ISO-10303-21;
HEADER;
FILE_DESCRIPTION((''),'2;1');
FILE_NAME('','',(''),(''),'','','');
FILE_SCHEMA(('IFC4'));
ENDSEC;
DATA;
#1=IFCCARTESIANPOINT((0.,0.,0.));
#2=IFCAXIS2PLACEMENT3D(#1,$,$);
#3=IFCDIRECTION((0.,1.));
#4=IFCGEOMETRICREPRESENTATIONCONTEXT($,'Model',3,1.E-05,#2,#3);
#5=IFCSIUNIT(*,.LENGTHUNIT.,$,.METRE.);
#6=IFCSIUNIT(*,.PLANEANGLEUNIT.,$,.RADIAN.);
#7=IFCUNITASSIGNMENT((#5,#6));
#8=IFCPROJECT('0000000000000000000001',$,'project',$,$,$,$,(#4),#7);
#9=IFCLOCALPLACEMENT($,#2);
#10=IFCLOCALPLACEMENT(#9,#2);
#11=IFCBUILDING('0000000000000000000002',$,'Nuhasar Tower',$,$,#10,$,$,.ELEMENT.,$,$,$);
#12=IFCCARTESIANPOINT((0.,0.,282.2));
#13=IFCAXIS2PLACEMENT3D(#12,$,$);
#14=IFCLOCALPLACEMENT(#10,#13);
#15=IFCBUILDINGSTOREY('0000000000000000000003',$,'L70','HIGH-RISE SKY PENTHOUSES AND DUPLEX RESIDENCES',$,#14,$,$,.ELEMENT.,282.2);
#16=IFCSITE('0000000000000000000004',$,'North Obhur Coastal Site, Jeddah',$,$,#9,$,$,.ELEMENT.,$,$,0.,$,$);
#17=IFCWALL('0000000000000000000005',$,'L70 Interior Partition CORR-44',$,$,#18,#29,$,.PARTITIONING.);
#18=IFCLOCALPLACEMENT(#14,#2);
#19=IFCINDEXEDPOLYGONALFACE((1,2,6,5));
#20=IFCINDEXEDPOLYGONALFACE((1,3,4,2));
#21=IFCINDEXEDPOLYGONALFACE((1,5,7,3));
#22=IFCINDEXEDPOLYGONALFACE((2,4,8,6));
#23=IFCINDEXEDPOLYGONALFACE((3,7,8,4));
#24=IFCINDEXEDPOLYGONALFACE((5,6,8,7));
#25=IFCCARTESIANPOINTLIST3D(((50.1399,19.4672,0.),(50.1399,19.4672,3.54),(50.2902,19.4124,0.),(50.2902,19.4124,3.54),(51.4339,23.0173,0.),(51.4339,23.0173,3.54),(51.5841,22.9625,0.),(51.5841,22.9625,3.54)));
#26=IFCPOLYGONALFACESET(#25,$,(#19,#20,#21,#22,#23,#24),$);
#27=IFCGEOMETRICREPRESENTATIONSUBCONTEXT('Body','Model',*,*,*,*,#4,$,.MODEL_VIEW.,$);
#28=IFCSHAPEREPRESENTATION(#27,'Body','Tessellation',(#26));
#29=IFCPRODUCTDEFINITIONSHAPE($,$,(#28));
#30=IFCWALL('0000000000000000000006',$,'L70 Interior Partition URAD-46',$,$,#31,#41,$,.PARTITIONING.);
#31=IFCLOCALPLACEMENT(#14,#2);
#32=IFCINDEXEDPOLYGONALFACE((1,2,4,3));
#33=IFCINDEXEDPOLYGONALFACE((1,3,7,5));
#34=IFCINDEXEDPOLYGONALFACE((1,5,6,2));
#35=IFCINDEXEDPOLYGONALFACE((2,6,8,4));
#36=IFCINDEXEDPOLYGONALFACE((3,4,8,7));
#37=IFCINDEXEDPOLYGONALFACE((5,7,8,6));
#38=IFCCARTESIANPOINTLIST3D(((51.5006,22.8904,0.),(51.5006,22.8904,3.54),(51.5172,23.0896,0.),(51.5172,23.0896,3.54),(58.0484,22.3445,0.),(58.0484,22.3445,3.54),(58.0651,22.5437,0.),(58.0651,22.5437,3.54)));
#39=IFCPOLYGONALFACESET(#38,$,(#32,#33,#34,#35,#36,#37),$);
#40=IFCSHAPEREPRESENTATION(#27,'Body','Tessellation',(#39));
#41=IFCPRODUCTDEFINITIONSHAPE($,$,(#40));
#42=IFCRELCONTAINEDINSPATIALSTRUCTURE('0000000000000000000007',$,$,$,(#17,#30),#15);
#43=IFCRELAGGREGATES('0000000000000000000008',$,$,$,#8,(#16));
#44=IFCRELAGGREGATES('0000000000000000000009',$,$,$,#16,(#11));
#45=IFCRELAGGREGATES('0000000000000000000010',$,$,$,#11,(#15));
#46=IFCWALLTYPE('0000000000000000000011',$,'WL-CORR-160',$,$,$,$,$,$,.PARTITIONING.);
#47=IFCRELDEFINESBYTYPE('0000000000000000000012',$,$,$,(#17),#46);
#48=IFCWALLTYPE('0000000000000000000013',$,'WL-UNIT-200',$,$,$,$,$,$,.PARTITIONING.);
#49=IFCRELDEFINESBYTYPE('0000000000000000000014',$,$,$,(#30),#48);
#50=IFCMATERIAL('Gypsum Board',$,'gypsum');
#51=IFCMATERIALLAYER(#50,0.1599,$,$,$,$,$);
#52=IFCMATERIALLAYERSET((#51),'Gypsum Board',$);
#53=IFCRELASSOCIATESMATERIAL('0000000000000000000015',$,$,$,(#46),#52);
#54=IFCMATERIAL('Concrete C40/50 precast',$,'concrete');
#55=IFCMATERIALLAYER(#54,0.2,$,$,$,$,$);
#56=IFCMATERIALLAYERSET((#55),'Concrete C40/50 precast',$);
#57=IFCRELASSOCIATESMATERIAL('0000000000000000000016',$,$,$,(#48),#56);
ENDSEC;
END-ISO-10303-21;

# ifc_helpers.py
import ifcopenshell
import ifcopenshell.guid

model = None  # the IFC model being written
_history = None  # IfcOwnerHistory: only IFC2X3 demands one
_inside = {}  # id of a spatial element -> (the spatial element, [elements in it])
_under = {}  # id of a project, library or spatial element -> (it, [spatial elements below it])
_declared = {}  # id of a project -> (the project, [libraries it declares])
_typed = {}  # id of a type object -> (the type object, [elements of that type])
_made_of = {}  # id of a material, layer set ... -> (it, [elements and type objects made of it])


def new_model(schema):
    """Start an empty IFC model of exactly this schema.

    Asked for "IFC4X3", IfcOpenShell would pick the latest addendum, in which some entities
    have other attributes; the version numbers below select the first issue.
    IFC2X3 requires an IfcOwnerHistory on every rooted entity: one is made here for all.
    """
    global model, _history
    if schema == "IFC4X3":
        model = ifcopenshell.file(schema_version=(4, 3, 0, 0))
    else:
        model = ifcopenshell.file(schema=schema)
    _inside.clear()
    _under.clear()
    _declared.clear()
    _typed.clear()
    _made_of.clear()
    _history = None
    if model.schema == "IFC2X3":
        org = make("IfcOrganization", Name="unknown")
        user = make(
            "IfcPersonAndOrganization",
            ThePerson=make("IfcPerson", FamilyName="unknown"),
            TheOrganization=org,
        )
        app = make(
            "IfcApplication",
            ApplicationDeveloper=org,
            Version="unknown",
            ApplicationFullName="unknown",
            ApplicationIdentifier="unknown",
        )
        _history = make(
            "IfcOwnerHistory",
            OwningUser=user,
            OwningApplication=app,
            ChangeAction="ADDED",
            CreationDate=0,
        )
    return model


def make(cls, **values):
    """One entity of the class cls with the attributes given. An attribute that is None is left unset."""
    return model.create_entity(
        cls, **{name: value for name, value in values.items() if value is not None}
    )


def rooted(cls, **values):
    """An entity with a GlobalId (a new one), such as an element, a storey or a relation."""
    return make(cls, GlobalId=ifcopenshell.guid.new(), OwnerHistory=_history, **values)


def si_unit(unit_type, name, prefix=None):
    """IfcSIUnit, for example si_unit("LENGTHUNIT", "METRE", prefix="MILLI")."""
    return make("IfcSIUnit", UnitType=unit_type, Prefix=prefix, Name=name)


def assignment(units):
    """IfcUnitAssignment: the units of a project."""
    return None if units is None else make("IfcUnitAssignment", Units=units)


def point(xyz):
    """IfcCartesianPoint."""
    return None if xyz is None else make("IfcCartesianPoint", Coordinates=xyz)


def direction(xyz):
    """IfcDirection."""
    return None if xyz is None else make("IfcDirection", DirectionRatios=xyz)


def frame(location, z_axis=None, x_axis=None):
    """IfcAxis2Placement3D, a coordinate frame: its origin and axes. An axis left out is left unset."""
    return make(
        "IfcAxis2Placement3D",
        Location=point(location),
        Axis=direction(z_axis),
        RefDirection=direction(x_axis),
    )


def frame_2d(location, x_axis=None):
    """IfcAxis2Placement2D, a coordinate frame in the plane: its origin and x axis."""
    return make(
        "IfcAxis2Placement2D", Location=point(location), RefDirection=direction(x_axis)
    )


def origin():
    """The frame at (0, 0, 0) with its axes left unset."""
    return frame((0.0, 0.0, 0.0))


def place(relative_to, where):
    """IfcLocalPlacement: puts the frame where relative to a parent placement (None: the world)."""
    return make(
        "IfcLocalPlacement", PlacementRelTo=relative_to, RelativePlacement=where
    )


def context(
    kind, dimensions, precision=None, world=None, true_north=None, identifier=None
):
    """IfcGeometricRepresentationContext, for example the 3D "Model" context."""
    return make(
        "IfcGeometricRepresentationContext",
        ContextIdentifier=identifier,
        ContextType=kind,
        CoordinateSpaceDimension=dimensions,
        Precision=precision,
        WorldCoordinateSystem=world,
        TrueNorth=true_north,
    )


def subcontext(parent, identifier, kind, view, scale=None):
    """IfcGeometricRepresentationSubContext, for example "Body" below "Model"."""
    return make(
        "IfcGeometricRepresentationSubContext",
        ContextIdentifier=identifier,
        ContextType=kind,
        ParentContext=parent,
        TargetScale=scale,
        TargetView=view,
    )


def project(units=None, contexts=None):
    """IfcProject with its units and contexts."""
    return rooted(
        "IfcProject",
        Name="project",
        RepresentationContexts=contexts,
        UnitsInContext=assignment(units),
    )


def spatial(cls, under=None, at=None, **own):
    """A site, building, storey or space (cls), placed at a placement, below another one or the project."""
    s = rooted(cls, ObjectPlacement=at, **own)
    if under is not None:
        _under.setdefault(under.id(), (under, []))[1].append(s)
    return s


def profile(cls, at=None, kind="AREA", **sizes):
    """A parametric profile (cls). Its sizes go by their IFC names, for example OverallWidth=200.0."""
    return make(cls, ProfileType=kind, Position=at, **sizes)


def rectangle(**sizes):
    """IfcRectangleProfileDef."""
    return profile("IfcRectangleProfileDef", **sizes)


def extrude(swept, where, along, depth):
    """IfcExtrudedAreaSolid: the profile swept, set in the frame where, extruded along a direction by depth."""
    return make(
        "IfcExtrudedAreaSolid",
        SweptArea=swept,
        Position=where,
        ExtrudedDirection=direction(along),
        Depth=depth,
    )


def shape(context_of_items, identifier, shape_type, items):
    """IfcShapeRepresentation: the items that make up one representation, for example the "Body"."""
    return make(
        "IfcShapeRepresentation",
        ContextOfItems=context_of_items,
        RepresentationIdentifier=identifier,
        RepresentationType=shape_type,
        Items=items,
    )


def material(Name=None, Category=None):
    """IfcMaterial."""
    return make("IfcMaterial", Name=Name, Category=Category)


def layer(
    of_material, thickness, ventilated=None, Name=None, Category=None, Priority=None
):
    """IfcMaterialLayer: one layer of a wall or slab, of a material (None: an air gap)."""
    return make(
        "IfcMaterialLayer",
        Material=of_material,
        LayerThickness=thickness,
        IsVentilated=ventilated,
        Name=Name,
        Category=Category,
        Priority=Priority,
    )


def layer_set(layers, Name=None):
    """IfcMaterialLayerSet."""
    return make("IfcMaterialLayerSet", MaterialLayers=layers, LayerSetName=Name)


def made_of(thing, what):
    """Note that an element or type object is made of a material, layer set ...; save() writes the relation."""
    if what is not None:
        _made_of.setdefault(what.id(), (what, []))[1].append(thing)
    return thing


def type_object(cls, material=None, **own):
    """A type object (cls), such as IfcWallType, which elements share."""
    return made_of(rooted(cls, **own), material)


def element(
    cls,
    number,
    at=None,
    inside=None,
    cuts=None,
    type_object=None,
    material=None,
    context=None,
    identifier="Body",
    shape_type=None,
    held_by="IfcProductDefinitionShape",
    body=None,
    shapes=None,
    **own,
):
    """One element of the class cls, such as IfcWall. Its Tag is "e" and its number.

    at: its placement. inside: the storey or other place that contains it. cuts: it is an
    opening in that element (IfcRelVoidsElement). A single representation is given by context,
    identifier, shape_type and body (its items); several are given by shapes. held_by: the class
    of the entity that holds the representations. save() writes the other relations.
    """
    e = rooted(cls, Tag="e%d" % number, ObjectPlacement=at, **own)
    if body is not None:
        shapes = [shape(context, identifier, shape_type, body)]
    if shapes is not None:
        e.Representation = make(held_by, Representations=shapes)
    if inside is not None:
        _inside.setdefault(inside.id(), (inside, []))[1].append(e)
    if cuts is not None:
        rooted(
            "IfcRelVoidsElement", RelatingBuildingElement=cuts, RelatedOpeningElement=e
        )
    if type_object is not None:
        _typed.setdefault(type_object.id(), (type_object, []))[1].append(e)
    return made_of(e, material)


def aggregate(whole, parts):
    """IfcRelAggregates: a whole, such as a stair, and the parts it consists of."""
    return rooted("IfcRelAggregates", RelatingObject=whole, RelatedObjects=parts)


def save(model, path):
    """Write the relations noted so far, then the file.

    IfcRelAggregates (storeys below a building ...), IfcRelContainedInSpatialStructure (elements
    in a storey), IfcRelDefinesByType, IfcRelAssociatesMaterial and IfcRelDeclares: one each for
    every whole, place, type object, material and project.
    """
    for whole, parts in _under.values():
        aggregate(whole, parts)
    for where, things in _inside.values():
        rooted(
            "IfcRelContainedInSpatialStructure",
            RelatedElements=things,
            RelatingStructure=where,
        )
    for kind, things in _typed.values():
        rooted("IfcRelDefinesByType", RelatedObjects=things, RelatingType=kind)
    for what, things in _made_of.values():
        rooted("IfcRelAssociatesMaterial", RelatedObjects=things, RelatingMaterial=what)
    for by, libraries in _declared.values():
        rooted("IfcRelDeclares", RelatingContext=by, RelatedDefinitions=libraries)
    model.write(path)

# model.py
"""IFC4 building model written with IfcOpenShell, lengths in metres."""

from ifc_helpers import new_model, si_unit, direction, frame, frame_2d, origin, place, context, subcontext, project, spatial, rectangle, extrude, material, layer, layer_set, type_object, element, save


model = new_model("IFC4")

# Units and contexts
model_context = context("Model", 3, precision=1e-05, world=origin(), true_north=direction((0.0, 1.0)))
body_context = subcontext(model_context, "Body", "Model", "MODEL_VIEW")
ifc_project = project(units=[si_unit("LENGTHUNIT", "METRE"), si_unit("PLANEANGLEUNIT", "RADIAN")], contexts=[model_context])

# Site, building, storey
site_placement = place(None, origin())
site = spatial("IfcSite", under=ifc_project, at=site_placement, Name="North Obhur Coastal Site, Jeddah", CompositionType="ELEMENT", RefElevation=0.0)
building_placement = place(site_placement, origin())
building = spatial("IfcBuilding", under=site, at=building_placement, Name="Nuhasar Tower", CompositionType="ELEMENT")
storey_placement = place(building_placement, frame((0.0, 0.0, 282.2)))
storey = spatial("IfcBuildingStorey", under=building, at=storey_placement, Name="L70", Description="HIGH-RISE SKY PENTHOUSES AND DUPLEX RESIDENCES", CompositionType="ELEMENT", Elevation=282.2)

# Shared definitions
ifc_material_1 = material(Name="Gypsum Board", Category="gypsum")
ifc_layer_1 = layer(ifc_material_1, 0.1599)
ifc_layer_set_1 = layer_set([ifc_layer_1], Name="Gypsum Board")
wall_type_1 = type_object("IfcWallType", Name="WL-CORR-160", PredefinedType="PARTITIONING", material=ifc_layer_set_1)

# Walls
wall_1_placement = place(storey_placement, frame((50.2151, 19.4399, 0.0), z_axis=(0.0, 0.0, 1.0), x_axis=(0.342449, 0.939537, 0.0)))
element("IfcWall", 1, at=wall_1_placement, inside=storey, type_object=wall_type_1, Name="L70 Interior Partition CORR-44", PredefinedType="PARTITIONING", context=body_context, shape_type="SweptSolid", body=[
    extrude(rectangle(XDim=3.7786, YDim=0.1599, at=frame_2d((1.8892, 0.0))), origin(), (0.0, 0.0, 1.0), 3.54),
])
ifc_material_2 = material(Name="Concrete C40/50 precast", Category="concrete")
ifc_layer_2 = layer(ifc_material_2, 0.2)
ifc_layer_set_2 = layer_set([ifc_layer_2], Name="Concrete C40/50 precast")
wall_type_2 = type_object("IfcWallType", Name="WL-UNIT-200", PredefinedType="PARTITIONING", material=ifc_layer_set_2)
wall_2_placement = place(storey_placement, frame((51.509, 22.99, 0.0), z_axis=(0.0, 0.0, 1.0), x_axis=(0.996543, -0.083082, 0.0)))
element("IfcWall", 2, at=wall_2_placement, inside=storey, type_object=wall_type_2, Name="L70 Interior Partition URAD-46", PredefinedType="PARTITIONING", context=body_context, shape_type="SweptSolid", body=[
    extrude(rectangle(XDim=6.5706, YDim=0.2, at=frame_2d((3.2852, 0.0))), origin(), (0.0, 0.0, 1.0), 3.54),
])

save(model, "model.ifc")
